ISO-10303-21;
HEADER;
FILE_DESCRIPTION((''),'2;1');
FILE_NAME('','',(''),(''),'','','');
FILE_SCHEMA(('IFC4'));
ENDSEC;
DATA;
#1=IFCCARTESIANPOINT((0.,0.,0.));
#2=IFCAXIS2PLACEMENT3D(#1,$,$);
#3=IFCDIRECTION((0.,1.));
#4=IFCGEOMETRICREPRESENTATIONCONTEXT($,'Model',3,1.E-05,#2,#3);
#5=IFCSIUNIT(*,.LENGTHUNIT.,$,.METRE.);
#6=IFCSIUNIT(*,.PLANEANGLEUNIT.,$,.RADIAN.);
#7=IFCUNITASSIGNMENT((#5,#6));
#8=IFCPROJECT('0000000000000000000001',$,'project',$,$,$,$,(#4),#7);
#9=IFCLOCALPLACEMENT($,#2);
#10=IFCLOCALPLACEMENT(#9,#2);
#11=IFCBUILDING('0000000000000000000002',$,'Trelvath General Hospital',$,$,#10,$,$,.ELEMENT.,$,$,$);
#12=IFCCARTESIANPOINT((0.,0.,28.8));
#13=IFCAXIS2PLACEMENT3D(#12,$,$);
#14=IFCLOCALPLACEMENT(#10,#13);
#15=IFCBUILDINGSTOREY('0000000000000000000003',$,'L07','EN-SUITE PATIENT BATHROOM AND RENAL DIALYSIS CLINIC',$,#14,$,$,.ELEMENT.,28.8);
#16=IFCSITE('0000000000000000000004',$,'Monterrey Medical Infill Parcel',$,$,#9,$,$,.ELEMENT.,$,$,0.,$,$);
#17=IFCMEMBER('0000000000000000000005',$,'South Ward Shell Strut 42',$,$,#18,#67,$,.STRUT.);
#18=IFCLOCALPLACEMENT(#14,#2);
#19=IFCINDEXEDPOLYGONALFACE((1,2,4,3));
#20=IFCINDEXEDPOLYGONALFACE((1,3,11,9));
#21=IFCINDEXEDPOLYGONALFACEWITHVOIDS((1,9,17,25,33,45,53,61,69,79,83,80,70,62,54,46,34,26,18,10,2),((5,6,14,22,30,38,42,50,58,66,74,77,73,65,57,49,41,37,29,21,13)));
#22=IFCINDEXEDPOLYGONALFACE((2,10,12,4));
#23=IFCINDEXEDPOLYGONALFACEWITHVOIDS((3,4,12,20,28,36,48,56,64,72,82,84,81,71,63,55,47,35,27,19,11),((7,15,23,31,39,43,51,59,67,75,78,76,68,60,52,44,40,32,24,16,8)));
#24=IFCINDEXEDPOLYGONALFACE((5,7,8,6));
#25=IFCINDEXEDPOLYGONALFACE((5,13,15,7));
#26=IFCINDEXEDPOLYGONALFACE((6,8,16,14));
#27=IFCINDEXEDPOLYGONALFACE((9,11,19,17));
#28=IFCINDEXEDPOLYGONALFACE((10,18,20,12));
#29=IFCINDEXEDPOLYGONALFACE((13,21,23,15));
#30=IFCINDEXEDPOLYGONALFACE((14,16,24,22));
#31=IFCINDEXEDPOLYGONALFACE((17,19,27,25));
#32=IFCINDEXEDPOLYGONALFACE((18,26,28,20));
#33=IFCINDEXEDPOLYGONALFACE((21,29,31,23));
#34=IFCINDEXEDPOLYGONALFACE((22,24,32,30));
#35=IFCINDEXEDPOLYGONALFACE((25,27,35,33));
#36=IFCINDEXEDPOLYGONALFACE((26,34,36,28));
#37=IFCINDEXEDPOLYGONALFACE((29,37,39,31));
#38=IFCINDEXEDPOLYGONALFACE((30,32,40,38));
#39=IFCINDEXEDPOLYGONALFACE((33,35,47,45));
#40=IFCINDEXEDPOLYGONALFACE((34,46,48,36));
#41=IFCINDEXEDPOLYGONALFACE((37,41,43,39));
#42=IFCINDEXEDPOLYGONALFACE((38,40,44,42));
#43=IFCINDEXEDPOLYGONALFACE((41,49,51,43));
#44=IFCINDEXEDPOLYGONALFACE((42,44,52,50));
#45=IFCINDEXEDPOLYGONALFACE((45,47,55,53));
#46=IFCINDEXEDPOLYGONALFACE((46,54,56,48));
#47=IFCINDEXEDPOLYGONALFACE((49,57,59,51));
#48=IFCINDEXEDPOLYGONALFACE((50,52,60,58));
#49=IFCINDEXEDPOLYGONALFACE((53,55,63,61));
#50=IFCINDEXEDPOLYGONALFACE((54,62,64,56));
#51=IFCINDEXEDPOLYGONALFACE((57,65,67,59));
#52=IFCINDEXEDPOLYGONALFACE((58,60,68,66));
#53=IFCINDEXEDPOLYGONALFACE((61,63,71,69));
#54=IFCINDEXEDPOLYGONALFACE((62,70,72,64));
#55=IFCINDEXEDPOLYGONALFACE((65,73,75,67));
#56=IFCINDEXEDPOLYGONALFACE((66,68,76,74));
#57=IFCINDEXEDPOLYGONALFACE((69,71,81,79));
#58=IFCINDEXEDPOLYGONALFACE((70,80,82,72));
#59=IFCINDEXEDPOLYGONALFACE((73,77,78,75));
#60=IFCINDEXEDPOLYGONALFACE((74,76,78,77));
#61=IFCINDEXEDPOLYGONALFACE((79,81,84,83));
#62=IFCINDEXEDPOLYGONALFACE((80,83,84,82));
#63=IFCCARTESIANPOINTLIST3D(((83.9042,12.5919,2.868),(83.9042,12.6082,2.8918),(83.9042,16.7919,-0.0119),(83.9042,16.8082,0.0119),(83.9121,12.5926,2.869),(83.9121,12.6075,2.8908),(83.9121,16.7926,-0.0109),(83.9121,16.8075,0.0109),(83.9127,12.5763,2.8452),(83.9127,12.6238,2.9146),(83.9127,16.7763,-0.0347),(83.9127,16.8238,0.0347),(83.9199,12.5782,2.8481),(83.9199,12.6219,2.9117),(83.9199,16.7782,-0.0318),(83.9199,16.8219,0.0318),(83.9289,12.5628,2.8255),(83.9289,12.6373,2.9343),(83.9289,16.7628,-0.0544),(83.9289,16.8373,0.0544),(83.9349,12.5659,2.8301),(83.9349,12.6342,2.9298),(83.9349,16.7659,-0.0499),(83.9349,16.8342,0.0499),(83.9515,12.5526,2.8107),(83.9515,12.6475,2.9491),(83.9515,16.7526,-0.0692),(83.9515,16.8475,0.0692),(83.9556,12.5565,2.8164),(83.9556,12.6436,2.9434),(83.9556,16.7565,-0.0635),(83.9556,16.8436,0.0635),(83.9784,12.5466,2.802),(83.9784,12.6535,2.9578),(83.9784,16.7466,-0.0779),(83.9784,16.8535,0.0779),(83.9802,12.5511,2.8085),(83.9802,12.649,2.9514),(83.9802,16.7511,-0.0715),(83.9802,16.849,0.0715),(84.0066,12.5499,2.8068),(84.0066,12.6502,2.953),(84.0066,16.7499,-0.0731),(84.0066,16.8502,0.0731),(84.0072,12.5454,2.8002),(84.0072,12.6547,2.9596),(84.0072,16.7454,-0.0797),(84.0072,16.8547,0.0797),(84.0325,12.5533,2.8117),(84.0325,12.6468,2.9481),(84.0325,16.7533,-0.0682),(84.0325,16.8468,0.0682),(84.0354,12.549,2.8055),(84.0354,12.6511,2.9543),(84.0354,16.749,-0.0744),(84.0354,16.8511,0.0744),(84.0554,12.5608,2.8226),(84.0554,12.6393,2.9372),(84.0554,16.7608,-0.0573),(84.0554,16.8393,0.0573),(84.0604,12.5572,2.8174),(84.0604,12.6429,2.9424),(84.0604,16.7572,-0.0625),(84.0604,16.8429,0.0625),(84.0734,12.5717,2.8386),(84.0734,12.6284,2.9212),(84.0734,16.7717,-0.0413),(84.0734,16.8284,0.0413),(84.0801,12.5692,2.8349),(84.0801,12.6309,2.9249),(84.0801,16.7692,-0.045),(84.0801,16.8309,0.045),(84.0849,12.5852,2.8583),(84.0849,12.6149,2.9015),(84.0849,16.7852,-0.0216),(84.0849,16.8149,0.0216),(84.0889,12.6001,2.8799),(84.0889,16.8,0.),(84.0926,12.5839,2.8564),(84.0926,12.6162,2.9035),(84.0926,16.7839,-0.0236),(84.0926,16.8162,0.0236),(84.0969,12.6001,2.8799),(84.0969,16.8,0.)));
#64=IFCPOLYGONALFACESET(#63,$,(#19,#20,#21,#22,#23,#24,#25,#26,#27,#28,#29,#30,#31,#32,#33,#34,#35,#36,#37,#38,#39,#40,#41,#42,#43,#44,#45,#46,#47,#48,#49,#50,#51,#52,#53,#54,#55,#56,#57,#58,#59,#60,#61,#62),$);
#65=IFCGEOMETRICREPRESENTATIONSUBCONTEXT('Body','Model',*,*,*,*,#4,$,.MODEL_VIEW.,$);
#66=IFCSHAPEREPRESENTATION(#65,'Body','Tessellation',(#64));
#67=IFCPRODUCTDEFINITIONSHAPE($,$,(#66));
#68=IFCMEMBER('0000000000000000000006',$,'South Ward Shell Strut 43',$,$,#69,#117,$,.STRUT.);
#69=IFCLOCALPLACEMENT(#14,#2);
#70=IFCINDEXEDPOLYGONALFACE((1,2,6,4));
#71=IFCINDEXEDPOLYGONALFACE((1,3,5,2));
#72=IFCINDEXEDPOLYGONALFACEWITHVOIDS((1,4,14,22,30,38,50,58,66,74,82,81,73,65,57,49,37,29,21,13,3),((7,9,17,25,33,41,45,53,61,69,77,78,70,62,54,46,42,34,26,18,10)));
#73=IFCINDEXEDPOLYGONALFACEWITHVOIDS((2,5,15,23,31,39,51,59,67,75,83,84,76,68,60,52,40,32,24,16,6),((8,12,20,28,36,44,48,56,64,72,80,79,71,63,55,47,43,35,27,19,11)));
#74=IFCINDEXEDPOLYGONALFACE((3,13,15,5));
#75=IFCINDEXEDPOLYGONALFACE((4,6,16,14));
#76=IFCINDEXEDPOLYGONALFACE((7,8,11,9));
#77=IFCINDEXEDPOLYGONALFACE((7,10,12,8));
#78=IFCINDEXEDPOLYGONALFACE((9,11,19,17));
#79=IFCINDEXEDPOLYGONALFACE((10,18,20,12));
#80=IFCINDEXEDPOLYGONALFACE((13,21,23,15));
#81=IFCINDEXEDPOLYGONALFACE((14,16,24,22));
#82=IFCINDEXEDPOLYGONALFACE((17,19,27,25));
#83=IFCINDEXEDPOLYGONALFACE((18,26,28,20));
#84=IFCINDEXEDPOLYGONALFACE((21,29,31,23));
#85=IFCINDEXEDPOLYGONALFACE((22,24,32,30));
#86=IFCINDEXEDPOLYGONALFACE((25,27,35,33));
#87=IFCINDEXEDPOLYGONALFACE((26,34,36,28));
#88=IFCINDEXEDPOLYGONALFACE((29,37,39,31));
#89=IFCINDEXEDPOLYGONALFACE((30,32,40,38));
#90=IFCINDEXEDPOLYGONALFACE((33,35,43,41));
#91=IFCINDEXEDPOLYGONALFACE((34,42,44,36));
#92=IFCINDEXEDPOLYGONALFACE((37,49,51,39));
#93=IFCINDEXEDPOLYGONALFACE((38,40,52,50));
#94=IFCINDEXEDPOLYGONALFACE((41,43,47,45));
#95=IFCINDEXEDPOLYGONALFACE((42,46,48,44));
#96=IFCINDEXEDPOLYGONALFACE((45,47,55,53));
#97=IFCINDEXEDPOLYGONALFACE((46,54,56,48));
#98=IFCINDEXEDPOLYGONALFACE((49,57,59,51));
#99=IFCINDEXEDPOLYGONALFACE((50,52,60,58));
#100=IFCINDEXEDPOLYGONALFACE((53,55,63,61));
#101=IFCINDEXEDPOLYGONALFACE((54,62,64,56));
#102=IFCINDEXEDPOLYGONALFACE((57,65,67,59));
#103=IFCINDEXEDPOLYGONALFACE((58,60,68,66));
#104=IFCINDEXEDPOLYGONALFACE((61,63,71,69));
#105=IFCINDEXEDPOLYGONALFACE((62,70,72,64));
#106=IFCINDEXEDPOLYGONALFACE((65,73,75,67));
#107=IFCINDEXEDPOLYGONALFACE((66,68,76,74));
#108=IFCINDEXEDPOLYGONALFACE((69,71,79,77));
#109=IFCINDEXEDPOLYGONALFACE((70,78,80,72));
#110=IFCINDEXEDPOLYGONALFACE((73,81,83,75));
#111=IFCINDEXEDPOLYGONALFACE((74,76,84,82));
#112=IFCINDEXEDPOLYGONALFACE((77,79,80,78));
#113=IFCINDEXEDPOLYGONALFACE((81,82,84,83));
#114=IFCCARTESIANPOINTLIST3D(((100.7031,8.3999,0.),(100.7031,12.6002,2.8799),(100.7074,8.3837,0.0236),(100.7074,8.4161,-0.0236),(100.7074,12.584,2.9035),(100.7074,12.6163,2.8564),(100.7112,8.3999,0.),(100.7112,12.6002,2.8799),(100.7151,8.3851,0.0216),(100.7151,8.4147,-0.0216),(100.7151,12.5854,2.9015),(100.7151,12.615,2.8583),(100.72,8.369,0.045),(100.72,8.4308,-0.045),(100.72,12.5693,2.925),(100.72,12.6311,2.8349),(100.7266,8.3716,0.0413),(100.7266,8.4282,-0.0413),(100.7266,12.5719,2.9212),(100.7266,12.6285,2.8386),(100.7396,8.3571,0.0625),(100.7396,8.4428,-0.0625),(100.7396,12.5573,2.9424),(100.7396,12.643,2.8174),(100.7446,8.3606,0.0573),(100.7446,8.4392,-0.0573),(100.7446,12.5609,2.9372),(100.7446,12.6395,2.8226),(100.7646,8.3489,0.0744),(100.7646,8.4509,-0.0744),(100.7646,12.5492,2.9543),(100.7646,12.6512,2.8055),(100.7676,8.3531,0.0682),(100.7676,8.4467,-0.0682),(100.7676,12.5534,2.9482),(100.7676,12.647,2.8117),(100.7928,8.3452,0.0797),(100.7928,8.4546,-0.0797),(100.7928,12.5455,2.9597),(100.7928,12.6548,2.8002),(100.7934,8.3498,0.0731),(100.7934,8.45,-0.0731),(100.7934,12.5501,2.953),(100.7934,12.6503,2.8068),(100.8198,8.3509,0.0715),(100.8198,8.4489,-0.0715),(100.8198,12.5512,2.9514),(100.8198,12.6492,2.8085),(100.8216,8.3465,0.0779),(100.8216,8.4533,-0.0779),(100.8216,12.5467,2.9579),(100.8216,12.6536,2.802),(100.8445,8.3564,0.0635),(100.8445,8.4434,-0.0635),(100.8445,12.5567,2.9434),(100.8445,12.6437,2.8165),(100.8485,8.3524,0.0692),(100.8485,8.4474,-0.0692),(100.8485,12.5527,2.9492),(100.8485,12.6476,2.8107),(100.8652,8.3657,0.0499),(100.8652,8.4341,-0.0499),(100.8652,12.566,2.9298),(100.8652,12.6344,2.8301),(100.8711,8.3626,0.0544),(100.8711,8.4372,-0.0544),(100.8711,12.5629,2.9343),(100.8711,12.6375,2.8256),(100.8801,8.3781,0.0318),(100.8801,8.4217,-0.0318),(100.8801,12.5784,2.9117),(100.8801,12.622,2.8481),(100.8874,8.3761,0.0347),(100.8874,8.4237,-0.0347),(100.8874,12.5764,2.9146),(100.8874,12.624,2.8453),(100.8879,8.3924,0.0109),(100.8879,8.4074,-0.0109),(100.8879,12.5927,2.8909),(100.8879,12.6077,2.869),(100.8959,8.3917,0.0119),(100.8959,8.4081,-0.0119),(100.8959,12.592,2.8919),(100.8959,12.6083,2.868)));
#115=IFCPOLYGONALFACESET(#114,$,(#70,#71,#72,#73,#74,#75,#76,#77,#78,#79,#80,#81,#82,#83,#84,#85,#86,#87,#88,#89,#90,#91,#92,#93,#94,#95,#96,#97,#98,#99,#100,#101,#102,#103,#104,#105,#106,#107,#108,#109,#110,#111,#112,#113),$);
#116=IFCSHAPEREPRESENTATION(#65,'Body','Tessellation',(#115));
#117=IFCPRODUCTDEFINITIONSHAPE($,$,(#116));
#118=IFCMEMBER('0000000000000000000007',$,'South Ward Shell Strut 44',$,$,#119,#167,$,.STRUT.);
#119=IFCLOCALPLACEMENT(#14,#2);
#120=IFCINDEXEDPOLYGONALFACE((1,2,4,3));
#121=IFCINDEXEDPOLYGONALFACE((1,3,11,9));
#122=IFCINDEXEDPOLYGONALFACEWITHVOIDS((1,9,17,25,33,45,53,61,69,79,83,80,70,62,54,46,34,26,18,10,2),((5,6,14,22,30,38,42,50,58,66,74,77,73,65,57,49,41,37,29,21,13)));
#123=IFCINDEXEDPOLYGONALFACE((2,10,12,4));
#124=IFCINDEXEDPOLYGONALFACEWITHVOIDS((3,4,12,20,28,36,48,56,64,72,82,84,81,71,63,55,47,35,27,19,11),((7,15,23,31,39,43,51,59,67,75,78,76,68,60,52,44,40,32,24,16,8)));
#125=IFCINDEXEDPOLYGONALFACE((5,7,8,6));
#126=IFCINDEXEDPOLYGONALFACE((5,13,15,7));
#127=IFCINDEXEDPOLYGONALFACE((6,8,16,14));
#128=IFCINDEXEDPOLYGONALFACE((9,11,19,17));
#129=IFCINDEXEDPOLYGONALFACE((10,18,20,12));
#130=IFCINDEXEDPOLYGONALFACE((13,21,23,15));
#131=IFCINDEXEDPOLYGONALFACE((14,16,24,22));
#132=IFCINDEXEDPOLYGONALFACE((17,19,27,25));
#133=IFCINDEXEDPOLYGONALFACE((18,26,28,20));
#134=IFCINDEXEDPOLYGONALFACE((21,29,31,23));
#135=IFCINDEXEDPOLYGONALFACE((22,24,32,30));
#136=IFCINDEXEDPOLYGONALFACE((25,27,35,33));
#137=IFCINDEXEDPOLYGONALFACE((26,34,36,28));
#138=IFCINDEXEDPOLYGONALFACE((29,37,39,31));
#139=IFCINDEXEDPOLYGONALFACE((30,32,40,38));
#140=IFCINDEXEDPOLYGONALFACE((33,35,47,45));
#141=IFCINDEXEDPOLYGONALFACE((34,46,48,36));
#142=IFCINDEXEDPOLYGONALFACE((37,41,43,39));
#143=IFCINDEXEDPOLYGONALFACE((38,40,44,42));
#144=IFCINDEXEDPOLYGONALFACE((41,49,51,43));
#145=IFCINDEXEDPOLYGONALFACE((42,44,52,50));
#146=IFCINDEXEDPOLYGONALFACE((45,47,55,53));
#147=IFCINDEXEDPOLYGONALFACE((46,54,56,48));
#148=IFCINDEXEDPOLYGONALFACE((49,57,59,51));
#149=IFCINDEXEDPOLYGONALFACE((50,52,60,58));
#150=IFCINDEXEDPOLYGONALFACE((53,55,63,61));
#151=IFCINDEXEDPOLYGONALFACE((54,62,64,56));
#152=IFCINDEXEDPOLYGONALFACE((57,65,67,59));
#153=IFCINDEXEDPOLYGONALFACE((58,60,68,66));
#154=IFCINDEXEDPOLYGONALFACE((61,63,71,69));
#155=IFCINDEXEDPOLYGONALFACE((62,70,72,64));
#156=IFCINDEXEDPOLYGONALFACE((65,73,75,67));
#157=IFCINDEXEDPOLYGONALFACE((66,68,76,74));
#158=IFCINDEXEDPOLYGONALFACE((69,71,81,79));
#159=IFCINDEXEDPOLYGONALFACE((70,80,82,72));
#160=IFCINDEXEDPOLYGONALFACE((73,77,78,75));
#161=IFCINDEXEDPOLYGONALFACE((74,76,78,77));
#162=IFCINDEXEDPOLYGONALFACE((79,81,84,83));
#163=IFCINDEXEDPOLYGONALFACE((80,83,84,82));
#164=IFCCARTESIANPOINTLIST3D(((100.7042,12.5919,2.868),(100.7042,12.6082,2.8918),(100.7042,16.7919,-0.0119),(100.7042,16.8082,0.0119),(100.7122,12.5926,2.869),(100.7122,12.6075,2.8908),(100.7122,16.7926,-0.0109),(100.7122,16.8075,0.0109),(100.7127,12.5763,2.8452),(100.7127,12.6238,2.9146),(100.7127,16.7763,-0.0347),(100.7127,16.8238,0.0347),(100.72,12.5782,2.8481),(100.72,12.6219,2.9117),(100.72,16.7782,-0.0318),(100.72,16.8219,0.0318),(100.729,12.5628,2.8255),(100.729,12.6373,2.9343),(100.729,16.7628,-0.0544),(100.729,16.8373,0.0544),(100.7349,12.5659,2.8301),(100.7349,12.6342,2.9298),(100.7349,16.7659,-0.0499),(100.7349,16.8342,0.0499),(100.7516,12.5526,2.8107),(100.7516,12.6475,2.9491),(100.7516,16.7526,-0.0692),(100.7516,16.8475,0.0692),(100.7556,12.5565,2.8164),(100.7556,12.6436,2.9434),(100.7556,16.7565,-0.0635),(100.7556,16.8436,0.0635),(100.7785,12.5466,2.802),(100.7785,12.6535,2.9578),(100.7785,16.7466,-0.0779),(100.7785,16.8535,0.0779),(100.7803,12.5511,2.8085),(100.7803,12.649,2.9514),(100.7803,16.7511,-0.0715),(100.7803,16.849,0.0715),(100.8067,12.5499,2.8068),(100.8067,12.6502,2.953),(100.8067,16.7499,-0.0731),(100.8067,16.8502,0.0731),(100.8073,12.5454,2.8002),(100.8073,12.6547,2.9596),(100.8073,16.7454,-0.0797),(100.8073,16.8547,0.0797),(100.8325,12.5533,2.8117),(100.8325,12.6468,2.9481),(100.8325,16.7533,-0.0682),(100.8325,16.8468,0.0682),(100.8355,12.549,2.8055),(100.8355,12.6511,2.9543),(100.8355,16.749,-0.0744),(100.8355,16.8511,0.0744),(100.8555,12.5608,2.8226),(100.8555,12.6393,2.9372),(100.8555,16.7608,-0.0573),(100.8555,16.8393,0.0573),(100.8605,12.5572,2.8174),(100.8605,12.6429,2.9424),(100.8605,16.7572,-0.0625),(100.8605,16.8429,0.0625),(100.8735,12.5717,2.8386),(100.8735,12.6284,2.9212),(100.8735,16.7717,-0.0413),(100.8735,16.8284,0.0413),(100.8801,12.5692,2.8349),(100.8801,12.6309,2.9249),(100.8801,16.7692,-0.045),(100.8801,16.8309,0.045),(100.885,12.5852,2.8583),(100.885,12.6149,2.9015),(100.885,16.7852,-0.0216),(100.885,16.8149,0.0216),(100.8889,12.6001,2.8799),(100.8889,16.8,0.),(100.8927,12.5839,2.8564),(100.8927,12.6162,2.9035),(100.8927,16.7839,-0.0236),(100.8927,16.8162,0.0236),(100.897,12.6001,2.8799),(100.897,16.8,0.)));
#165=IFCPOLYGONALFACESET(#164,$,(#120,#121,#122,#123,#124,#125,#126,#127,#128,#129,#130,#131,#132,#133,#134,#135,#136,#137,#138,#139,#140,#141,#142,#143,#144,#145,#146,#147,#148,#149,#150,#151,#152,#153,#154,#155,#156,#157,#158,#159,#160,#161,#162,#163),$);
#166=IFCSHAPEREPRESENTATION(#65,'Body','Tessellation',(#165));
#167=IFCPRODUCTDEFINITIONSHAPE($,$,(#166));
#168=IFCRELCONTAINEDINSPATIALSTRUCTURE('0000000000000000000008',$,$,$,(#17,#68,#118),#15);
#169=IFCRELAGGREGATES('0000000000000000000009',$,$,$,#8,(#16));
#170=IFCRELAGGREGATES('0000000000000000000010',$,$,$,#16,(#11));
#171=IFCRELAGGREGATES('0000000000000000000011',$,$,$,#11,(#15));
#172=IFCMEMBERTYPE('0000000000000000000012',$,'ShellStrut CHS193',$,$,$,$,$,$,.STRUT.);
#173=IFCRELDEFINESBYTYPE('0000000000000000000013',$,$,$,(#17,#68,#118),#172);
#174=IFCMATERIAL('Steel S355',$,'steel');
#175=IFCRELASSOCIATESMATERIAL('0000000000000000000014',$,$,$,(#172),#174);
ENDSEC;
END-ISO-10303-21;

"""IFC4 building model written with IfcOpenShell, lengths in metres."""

from ifc_helpers import new_model, si_unit, direction, frame, origin, origin_2d, place, context, subcontext, project, spatial, hollow_circle, extrude, material, material_profile, profile_set, type_object, element, save


model = new_model("IFC4")

# Units and contexts
model_context = context("Model", 3, precision=1e-05, world=origin(), true_north=direction((0.0, 1.0)))
body_context = subcontext(model_context, "Body", "Model", "MODEL_VIEW")
ifc_project = project(units=[si_unit("LENGTHUNIT", "METRE"), si_unit("PLANEANGLEUNIT", "RADIAN")], contexts=[model_context])

# Site, building, storey
site_placement = place(None, origin())
site = spatial("IfcSite", under=ifc_project, at=site_placement, Name="Monterrey Medical Infill Parcel", CompositionType="ELEMENT", RefElevation=0.0)
building_placement = place(site_placement, origin())
building = spatial("IfcBuilding", under=site, at=building_placement, Name="Trelvath General Hospital", CompositionType="ELEMENT")
storey_placement = place(building_placement, frame((0.0, 0.0, 28.8)))
storey = spatial("IfcBuildingStorey", under=building, at=storey_placement, Name="L07", Description="EN-SUITE PATIENT BATHROOM AND RENAL DIALYSIS CLINIC", CompositionType="ELEMENT", Elevation=28.8)

# Members
ifc_material_1 = material(Name="Steel S355", Category="steel")
ifc_material_profile = material_profile(ifc_material_1, hollow_circle(Radius=0.0969, WallThickness=0.0081, at=origin_2d()), Name="CHS193.7x8.0")
ifc_profile_set = profile_set([ifc_material_profile], Name="Steel S355")
member_type = type_object("IfcMemberType", Name="ShellStrut CHS193", PredefinedType="STRUT", material=ifc_profile_set)
member_1_placement = place(storey_placement, frame((84.0, 16.8, 0.0), z_axis=(0.0, -0.824737, 0.565517), x_axis=(1.0, 0.0, 0.0)))
element("IfcMember", 1, at=member_1_placement, inside=storey, type_object=member_type, Name="South Ward Shell Strut 42", PredefinedType="STRUT", context=body_context, shape_type="SweptSolid", body=[
    extrude(hollow_circle(Radius=0.0969, WallThickness=0.0081, at=origin_2d()), origin(), (0.0, 0.0, 1.0), 5.0925),
])
member_2_placement = place(storey_placement, frame((100.8, 8.3999, 0.0), z_axis=(0.0, 0.824752, 0.565495), x_axis=(-1.0, 0.0, 0.0)))
element("IfcMember", 2, at=member_2_placement, inside=storey, type_object=member_type, Name="South Ward Shell Strut 43", PredefinedType="STRUT", context=body_context, shape_type="SweptSolid", body=[
    extrude(hollow_circle(Radius=0.0969, WallThickness=0.0081, at=origin_2d()), origin(), (0.0, 0.0, 1.0), 5.0928),
])
member_3_placement = place(storey_placement, frame((100.8, 16.8, 0.0), z_axis=(0.0, -0.824737, 0.565517), x_axis=(1.0, 0.0, 0.0)))
element("IfcMember", 3, at=member_3_placement, inside=storey, type_object=member_type, Name="South Ward Shell Strut 44", PredefinedType="STRUT", context=body_context, shape_type="SweptSolid", body=[
    extrude(hollow_circle(Radius=0.0969, WallThickness=0.0081, at=origin_2d()), origin(), (0.0, 0.0, 1.0), 5.0925),
])

save(model, "model.ifc")
